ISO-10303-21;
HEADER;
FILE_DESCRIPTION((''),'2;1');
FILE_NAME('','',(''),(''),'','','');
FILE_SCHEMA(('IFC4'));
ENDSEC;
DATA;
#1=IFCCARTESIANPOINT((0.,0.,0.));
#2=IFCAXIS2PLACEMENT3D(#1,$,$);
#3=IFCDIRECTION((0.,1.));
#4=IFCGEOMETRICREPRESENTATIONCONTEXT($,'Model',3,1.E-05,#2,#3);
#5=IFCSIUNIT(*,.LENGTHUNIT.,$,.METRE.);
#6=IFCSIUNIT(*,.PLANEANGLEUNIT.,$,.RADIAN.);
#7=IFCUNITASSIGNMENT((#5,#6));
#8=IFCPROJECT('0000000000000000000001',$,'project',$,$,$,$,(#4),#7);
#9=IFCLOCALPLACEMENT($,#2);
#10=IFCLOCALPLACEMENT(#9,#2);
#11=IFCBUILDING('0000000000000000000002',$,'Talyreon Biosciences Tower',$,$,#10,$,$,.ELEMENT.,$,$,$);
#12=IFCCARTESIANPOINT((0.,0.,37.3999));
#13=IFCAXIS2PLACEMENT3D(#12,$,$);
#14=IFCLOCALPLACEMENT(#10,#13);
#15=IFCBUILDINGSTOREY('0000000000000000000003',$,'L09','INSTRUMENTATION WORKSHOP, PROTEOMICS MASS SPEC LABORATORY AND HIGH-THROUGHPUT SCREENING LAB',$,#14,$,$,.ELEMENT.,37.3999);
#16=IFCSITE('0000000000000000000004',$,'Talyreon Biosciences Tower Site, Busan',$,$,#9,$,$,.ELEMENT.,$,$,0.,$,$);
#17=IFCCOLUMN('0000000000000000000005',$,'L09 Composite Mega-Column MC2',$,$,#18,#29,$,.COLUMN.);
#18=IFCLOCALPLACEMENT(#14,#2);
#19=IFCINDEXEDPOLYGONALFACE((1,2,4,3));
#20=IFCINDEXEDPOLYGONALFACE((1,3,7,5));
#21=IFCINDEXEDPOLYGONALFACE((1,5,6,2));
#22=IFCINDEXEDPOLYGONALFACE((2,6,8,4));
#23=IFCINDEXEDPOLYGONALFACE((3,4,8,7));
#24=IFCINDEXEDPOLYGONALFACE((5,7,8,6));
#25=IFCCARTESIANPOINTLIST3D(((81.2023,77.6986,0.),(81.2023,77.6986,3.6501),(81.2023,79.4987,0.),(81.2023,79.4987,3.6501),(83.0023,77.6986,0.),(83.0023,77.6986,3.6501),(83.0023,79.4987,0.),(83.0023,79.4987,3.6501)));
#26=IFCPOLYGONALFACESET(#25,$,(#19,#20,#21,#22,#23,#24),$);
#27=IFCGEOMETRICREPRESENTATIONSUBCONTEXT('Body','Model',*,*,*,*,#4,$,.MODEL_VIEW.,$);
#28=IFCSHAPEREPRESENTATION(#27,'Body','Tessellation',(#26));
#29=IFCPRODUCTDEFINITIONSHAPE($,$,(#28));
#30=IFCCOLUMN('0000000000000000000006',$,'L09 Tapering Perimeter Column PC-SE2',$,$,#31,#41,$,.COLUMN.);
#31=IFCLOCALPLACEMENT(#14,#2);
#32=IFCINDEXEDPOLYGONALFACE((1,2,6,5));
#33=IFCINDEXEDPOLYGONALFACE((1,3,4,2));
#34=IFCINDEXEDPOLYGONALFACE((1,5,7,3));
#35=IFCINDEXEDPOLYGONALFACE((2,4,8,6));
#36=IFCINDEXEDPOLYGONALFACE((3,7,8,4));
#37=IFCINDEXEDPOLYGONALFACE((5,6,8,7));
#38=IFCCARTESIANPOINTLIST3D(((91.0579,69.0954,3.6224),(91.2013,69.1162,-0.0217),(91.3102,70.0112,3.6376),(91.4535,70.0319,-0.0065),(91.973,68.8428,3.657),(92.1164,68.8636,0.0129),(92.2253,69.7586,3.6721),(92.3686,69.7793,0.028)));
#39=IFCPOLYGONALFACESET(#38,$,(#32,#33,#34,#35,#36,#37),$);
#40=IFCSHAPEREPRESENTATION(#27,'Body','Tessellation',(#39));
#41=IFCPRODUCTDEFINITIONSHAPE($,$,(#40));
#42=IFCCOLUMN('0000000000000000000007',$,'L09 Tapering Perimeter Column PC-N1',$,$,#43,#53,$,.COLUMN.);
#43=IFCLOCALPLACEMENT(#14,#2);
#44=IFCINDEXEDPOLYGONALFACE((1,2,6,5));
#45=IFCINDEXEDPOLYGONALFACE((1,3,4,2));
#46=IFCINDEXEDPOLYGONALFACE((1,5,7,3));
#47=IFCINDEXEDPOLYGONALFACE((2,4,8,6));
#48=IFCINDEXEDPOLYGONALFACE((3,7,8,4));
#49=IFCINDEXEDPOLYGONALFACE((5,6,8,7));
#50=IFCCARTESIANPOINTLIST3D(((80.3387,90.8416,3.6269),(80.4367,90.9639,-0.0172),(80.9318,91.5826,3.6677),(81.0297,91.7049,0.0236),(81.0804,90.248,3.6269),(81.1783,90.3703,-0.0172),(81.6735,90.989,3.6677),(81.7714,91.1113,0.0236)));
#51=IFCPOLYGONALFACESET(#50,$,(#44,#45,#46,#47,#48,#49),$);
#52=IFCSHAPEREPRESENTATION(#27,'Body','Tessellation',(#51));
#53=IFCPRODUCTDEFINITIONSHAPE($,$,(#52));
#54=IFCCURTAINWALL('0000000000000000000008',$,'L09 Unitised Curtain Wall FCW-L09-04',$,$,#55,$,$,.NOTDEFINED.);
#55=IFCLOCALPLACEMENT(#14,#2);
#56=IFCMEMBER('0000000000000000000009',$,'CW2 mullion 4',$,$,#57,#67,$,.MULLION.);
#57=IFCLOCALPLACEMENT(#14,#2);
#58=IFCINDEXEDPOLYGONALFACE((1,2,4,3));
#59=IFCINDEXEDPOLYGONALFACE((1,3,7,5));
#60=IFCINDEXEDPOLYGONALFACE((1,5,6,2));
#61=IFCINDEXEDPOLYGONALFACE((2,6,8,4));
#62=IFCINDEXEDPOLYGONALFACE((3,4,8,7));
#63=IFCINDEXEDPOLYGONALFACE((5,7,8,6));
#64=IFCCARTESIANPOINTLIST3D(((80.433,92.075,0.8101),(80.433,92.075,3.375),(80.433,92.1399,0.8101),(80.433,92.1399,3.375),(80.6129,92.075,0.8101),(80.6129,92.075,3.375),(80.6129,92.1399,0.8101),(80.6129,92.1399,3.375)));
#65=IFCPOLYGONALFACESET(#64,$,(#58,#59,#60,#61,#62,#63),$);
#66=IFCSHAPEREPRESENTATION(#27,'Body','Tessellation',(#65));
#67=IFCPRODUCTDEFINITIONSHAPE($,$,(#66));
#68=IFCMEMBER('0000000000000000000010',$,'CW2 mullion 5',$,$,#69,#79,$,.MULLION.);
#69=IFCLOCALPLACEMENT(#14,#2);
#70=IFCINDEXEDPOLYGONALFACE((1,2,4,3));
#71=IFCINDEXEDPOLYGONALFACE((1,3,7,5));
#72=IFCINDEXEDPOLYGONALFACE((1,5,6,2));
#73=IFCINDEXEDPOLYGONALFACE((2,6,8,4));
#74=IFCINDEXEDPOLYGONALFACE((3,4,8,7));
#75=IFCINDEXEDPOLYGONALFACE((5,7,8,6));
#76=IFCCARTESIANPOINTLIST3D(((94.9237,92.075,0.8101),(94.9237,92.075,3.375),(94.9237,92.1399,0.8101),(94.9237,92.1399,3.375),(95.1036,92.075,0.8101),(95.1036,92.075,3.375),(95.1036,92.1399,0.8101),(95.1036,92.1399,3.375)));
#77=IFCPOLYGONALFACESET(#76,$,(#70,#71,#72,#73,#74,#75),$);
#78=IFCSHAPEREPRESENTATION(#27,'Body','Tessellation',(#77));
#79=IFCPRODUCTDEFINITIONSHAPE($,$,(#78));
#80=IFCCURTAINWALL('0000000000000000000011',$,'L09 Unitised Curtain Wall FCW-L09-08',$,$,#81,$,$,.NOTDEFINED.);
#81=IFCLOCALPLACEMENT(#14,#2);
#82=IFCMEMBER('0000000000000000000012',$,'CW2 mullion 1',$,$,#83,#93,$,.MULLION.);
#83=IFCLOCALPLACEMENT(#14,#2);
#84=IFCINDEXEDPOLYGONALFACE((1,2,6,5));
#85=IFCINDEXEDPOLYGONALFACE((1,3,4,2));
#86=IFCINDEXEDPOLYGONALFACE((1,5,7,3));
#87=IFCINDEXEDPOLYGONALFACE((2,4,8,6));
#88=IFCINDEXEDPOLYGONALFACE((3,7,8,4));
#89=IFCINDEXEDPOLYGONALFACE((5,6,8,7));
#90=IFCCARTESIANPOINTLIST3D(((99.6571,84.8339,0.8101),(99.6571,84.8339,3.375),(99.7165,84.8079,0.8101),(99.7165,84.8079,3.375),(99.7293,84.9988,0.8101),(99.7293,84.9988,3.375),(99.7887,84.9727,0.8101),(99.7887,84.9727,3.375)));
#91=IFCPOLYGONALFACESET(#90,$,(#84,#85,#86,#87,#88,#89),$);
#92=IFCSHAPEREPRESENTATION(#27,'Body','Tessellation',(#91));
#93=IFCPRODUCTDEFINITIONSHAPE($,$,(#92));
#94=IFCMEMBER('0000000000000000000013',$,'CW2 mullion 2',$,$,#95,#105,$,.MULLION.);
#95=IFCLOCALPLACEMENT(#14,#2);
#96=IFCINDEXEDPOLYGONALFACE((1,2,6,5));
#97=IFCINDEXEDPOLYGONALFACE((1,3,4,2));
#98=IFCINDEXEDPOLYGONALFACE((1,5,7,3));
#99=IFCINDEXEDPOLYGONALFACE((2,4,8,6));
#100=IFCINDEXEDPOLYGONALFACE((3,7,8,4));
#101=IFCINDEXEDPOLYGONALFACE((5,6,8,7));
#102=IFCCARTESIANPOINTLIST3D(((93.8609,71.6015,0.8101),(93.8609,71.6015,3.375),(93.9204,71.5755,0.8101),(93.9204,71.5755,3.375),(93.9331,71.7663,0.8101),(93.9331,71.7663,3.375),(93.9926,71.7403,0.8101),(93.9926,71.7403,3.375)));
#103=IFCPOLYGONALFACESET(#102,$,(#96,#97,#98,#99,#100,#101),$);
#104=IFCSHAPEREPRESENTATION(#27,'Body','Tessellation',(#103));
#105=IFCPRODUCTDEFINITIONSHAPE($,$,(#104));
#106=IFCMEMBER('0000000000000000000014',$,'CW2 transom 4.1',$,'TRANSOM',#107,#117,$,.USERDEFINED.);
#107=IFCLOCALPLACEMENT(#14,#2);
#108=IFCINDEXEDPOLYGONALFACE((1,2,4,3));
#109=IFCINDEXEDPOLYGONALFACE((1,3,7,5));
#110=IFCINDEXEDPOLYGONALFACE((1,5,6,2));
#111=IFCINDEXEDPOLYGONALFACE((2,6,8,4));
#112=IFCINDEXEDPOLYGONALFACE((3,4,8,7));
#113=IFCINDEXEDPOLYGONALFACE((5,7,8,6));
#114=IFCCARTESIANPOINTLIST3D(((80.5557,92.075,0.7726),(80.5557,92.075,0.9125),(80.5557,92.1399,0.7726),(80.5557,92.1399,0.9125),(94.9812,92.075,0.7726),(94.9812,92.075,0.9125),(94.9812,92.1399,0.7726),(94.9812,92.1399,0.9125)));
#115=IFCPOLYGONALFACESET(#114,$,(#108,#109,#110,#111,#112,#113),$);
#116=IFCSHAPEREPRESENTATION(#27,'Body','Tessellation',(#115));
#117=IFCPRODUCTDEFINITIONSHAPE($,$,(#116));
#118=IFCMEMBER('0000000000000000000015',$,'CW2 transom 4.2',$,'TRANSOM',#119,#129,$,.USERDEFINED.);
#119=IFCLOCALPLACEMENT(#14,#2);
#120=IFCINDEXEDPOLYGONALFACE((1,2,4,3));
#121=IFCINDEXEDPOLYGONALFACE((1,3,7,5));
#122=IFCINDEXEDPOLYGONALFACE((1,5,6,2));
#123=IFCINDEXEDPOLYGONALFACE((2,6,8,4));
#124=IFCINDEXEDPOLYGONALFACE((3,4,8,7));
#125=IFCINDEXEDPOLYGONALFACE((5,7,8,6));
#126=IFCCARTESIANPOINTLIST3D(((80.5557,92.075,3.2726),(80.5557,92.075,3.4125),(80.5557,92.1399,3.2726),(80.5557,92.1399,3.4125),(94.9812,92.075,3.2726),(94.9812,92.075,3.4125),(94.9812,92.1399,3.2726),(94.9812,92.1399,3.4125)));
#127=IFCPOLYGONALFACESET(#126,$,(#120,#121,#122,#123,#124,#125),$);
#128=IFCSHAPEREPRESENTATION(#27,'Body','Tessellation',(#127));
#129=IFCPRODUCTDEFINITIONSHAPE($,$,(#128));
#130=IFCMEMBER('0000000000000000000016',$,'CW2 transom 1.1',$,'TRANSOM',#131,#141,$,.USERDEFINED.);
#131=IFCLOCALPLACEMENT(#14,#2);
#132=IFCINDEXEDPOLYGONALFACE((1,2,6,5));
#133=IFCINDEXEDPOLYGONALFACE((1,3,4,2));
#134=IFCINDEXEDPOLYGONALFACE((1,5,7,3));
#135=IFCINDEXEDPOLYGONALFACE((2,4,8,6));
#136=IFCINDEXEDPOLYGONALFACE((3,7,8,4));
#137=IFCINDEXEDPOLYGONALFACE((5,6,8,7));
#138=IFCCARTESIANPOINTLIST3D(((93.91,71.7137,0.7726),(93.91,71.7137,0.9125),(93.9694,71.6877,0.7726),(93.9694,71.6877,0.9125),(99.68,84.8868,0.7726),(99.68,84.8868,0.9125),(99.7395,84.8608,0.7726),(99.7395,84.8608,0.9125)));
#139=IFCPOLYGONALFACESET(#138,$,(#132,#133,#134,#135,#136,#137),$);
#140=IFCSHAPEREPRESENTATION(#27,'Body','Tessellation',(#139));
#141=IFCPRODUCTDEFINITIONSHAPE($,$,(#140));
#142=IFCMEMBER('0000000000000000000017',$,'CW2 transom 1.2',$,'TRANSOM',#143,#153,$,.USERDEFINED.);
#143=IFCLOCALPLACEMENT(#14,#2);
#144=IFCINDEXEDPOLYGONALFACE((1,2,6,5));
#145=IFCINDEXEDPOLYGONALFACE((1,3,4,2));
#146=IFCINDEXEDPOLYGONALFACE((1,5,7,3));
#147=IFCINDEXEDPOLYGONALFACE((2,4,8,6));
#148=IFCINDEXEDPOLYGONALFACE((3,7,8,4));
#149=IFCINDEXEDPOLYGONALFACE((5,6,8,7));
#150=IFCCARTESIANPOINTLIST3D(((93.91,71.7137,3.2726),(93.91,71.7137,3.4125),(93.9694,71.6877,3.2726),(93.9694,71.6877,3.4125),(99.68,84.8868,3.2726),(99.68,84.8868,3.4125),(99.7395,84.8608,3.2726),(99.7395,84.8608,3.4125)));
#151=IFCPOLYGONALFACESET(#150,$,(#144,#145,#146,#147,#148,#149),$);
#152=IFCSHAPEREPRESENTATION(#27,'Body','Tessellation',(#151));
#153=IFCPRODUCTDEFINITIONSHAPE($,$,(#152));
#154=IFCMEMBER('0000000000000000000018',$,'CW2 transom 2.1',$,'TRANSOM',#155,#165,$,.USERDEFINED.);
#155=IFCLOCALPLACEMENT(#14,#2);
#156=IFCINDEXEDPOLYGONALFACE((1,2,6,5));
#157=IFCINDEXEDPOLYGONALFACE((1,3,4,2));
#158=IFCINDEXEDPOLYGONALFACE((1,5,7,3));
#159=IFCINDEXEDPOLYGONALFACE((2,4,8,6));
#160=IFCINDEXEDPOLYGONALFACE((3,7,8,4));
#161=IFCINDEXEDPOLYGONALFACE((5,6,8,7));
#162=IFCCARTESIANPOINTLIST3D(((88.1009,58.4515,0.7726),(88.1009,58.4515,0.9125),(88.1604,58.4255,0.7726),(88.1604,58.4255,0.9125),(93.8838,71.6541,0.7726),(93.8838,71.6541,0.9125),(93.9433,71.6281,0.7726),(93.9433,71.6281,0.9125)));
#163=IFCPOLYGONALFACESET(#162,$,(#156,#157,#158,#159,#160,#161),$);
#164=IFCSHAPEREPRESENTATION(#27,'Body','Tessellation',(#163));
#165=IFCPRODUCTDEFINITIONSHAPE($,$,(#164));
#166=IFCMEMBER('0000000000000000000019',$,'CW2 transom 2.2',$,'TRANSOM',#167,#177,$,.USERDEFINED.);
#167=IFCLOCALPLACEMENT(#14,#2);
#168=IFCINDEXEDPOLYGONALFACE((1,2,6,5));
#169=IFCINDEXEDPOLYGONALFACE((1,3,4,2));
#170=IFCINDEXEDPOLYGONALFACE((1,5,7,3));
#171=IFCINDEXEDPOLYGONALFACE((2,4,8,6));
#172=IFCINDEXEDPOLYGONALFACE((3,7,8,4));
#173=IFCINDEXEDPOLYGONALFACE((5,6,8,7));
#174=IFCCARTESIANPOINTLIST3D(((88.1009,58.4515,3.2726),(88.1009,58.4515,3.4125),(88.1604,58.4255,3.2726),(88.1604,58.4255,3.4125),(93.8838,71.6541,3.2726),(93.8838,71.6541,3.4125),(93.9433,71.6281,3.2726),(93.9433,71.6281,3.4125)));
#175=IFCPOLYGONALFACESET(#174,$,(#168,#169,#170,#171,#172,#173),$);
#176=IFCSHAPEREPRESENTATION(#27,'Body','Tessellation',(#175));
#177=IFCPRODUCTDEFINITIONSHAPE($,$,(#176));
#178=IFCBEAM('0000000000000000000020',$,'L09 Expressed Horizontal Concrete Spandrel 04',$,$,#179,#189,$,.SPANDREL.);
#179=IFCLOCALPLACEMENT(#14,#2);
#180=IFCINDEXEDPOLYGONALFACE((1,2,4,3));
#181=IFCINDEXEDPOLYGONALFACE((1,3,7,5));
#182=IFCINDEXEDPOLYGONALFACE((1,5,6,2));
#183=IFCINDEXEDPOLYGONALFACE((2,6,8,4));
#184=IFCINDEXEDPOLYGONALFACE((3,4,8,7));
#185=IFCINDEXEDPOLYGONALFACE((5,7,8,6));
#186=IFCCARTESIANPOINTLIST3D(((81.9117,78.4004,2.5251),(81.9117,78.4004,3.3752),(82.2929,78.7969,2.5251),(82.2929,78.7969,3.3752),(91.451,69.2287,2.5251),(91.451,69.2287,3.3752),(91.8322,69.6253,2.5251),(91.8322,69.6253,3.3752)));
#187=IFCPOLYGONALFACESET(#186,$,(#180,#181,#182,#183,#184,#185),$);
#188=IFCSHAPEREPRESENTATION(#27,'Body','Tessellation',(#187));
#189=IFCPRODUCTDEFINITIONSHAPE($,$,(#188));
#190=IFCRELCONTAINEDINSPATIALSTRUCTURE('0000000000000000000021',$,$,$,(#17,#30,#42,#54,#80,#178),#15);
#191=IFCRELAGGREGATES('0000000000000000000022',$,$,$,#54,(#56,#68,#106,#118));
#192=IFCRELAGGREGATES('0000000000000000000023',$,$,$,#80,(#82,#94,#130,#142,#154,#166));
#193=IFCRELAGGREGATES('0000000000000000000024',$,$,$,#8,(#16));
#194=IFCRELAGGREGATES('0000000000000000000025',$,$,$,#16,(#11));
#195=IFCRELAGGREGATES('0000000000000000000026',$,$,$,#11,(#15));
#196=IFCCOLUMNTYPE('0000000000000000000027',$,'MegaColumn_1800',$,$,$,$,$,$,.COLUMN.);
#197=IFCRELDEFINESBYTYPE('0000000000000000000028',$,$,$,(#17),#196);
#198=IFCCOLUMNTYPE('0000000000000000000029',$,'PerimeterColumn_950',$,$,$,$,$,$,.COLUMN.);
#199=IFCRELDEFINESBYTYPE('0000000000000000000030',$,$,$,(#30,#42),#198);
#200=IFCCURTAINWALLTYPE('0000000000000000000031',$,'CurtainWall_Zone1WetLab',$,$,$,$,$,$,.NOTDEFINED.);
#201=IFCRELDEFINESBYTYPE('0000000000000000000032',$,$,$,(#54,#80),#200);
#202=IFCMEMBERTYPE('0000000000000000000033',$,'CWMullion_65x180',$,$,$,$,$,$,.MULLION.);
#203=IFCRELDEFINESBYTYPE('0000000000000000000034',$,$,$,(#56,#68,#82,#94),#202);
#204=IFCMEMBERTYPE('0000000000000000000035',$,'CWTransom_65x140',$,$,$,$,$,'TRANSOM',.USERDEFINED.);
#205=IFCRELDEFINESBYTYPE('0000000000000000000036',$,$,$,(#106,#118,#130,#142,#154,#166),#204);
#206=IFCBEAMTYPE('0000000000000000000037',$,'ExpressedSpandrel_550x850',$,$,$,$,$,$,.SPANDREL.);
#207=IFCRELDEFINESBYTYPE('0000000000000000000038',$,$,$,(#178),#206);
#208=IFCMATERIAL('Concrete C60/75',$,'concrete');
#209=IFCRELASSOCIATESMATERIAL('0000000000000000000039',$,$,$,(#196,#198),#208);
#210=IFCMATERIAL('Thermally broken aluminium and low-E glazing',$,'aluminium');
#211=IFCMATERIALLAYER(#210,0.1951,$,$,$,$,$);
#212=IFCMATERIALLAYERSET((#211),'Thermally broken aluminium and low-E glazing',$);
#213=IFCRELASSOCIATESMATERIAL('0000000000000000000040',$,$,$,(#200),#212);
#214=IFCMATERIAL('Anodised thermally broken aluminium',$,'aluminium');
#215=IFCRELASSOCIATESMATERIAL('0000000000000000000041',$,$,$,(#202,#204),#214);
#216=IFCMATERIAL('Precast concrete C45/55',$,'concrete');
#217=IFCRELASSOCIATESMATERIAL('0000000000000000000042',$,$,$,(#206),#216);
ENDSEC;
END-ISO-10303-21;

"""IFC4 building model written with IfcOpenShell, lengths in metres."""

from ifc_helpers import new_model, si_unit, direction, frame, origin, origin_2d, place, context, subcontext, project, spatial, rectangle, extrude, material, layer, layer_set, material_profile, profile_set, type_object, element, aggregate, save


model = new_model("IFC4")

# Units and contexts
model_context = context("Model", 3, precision=1e-05, world=origin(), true_north=direction((0.0, 1.0)))
body_context = subcontext(model_context, "Body", "Model", "MODEL_VIEW")
ifc_project = project(units=[si_unit("LENGTHUNIT", "METRE"), si_unit("PLANEANGLEUNIT", "RADIAN")], contexts=[model_context])

# Site, building, storey
site_placement = place(None, origin())
site = spatial("IfcSite", under=ifc_project, at=site_placement, Name="Talyreon Biosciences Tower Site, Busan", CompositionType="ELEMENT", RefElevation=0.0)
building_placement = place(site_placement, origin())
building = spatial("IfcBuilding", under=site, at=building_placement, Name="Talyreon Biosciences Tower", CompositionType="ELEMENT")
storey_placement = place(building_placement, frame((0.0, 0.0, 37.3999)))
storey = spatial("IfcBuildingStorey", under=building, at=storey_placement, Name="L09", Description="INSTRUMENTATION WORKSHOP, PROTEOMICS MASS SPEC LABORATORY AND HIGH-THROUGHPUT SCREENING LAB", CompositionType="ELEMENT", Elevation=37.3999)

# Columns
ifc_material_1 = material(Name="Concrete C60/75", Category="concrete")
ifc_material_profile_1 = material_profile(ifc_material_1, rectangle(XDim=1.8, YDim=1.8, at=origin_2d()), Name="RC 1800x1800")
ifc_profile_set_1 = profile_set([ifc_material_profile_1], Name="Concrete C60/75")
column_type_1 = type_object("IfcColumnType", Name="MegaColumn_1800", PredefinedType="COLUMN", material=ifc_profile_set_1)
column_1_placement = place(storey_placement, frame((82.1023, 78.5986, 0.0), z_axis=(0.0, 0.0, 1.0), x_axis=(1.0, 0.0, 0.0)))
element("IfcColumn", 1, at=column_1_placement, inside=storey, type_object=column_type_1, Name="L09 Composite Mega-Column MC2", PredefinedType="COLUMN", context=body_context, shape_type="SweptSolid", body=[
    extrude(rectangle(XDim=1.8, YDim=1.8, at=origin_2d()), origin(), (0.0, 0.0, 1.0), 3.6501),
])
ifc_material_profile_2 = material_profile(ifc_material_1, rectangle(XDim=0.95, YDim=0.95, at=origin_2d()), Name="RC 950x950")
ifc_profile_set_2 = profile_set([ifc_material_profile_2], Name="Concrete C60/75")
column_type_2 = type_object("IfcColumnType", Name="PerimeterColumn_950", PredefinedType="COLUMN", material=ifc_profile_set_2)
column_2_placement = place(storey_placement, frame((91.7849, 69.4478, 0.0032), z_axis=(-0.039296, -0.00569, 0.999211), x_axis=(0.963308, -0.265922, 0.03637)))
element("IfcColumn", 2, at=column_2_placement, inside=storey, type_object=column_type_2, Name="L09 Tapering Perimeter Column PC-SE2", PredefinedType="COLUMN", context=body_context, shape_type="SweptSolid", body=[
    extrude(rectangle(XDim=0.95, YDim=0.95, at=origin_2d()), origin(), (0.0, 0.0, 1.0), 3.647),
])
column_3_placement = place(storey_placement, frame((81.104, 91.0376, 0.0032), z_axis=(-0.026841, -0.033535, 0.999077), x_axis=(-0.780717, 0.624885, 0.0)))
element("IfcColumn", 3, at=column_3_placement, inside=storey, type_object=column_type_2, Name="L09 Tapering Perimeter Column PC-N1", PredefinedType="COLUMN", context=body_context, shape_type="SweptSolid", body=[
    extrude(rectangle(XDim=0.95, YDim=0.95, at=origin_2d()), origin(), (0.0, 0.0, 1.0), 3.6475),
])

# Curtain walls, members
ifc_material_2 = material(Name="Thermally broken aluminium and low-E glazing", Category="aluminium")
ifc_layer_1 = layer(ifc_material_2, 0.1951)
ifc_layer_set_1 = layer_set([ifc_layer_1], Name="Thermally broken aluminium and low-E glazing")
curtain_wall_type = type_object("IfcCurtainWallType", Name="CurtainWall_Zone1WetLab", PredefinedType="NOTDEFINED", material=ifc_layer_set_1)
curtain_wall_1_placement = place(storey_placement, origin())
curtain_wall_1 = element("IfcCurtainWall", 4, at=curtain_wall_1_placement, inside=storey, type_object=curtain_wall_type, Name="L09 Unitised Curtain Wall FCW-L09-04", PredefinedType="NOTDEFINED")
ifc_material_3 = material(Name="Anodised thermally broken aluminium", Category="aluminium")
ifc_material_profile_3 = material_profile(ifc_material_3, rectangle(XDim=0.0649, YDim=0.1799, at=origin_2d()), Name="ALUM MULLION 65x180")
ifc_profile_set_3 = profile_set([ifc_material_profile_3], Name="Anodised thermally broken aluminium")
member_type_1 = type_object("IfcMemberType", Name="CWMullion_65x180", PredefinedType="MULLION", material=ifc_profile_set_3)
member_1_placement = place(storey_placement, frame((80.5229, 92.1074, 0.8101), z_axis=(0.0, 0.0, 1.0), x_axis=(0.0, 1.0, 0.0)))
member_1 = element("IfcMember", 5, at=member_1_placement, type_object=member_type_1, Name="CW2 mullion 4", PredefinedType="MULLION", context=body_context, shape_type="SweptSolid", body=[
    extrude(rectangle(XDim=0.0649, YDim=0.1799, at=origin_2d()), origin(), (0.0, 0.0, 1.0), 2.5649),
])
member_2_placement = place(storey_placement, frame((95.0137, 92.1074, 0.8101), z_axis=(0.0, 0.0, 1.0), x_axis=(0.0, 1.0, 0.0)))
member_2 = element("IfcMember", 6, at=member_2_placement, type_object=member_type_1, Name="CW2 mullion 5", PredefinedType="MULLION", context=body_context, shape_type="SweptSolid", body=[
    extrude(rectangle(XDim=0.0649, YDim=0.1799, at=origin_2d()), origin(), (0.0, 0.0, 1.0), 2.5649),
])
curtain_wall_2_placement = place(storey_placement, origin())
curtain_wall_2 = element("IfcCurtainWall", 7, at=curtain_wall_2_placement, inside=storey, type_object=curtain_wall_type, Name="L09 Unitised Curtain Wall FCW-L09-08", PredefinedType="NOTDEFINED")
member_3_placement = place(storey_placement, frame((99.7229, 84.9033, 0.8101), z_axis=(0.0, 0.0, 1.0), x_axis=(0.91598, -0.401223, 0.0)))
member_3 = element("IfcMember", 8, at=member_3_placement, type_object=member_type_1, Name="CW2 mullion 1", PredefinedType="MULLION", context=body_context, shape_type="SweptSolid", body=[
    extrude(rectangle(XDim=0.0649, YDim=0.1799, at=origin_2d()), origin(), (0.0, 0.0, 1.0), 2.5649),
])
member_4_placement = place(storey_placement, frame((93.9268, 71.6709, 0.8101), z_axis=(0.0, 0.0, 1.0), x_axis=(0.91598, -0.401223, 0.0)))
member_4 = element("IfcMember", 9, at=member_4_placement, type_object=member_type_1, Name="CW2 mullion 2", PredefinedType="MULLION", context=body_context, shape_type="SweptSolid", body=[
    extrude(rectangle(XDim=0.0649, YDim=0.1799, at=origin_2d()), origin(), (0.0, 0.0, 1.0), 2.5649),
])

# Members
ifc_material_profile_4 = material_profile(ifc_material_3, rectangle(XDim=0.0649, YDim=0.1399, at=origin_2d()), Name="ALUM TRANSOM 65x140")
ifc_profile_set_4 = profile_set([ifc_material_profile_4], Name="Anodised thermally broken aluminium")
member_type_2 = type_object("IfcMemberType", Name="CWTransom_65x140", ElementType="TRANSOM", PredefinedType="USERDEFINED", material=ifc_profile_set_4)
member_5_placement = place(storey_placement, frame((80.5557, 92.1074, 0.8425), z_axis=(1.0, 0.0, 0.0), x_axis=(0.0, 1.0, 0.0)))
member_5 = element("IfcMember", 10, at=member_5_placement, type_object=member_type_2, Name="CW2 transom 4.1", ObjectType="TRANSOM", PredefinedType="USERDEFINED", context=body_context, shape_type="SweptSolid", body=[
    extrude(rectangle(XDim=0.0649, YDim=0.1399, at=origin_2d()), origin(), (0.0, 0.0, 1.0), 14.4255),
])
member_6_placement = place(storey_placement, frame((80.5557, 92.1074, 3.3425), z_axis=(1.0, 0.0, 0.0), x_axis=(0.0, 1.0, 0.0)))
member_6 = element("IfcMember", 11, at=member_6_placement, type_object=member_type_2, Name="CW2 transom 4.2", ObjectType="TRANSOM", PredefinedType="USERDEFINED", context=body_context, shape_type="SweptSolid", body=[
    extrude(rectangle(XDim=0.0649, YDim=0.1399, at=origin_2d()), origin(), (0.0, 0.0, 1.0), 14.4255),
])
member_7_placement = place(storey_placement, frame((99.7097, 84.8738, 0.8425), z_axis=(-0.401215, -0.915984, 0.0), x_axis=(0.915984, -0.401215, 0.0)))
member_7 = element("IfcMember", 12, at=member_7_placement, type_object=member_type_2, Name="CW2 transom 1.1", ObjectType="TRANSOM", PredefinedType="USERDEFINED", context=body_context, shape_type="SweptSolid", body=[
    extrude(rectangle(XDim=0.0649, YDim=0.1399, at=origin_2d()), origin(), (0.0, 0.0, 1.0), 14.3813),
])
member_8_placement = place(storey_placement, frame((99.7097, 84.8738, 3.3425), z_axis=(-0.401215, -0.915984, 0.0), x_axis=(0.915984, -0.401215, 0.0)))
member_8 = element("IfcMember", 13, at=member_8_placement, type_object=member_type_2, Name="CW2 transom 1.2", ObjectType="TRANSOM", PredefinedType="USERDEFINED", context=body_context, shape_type="SweptSolid", body=[
    extrude(rectangle(XDim=0.0649, YDim=0.1399, at=origin_2d()), origin(), (0.0, 0.0, 1.0), 14.3813),
])
member_9_placement = place(storey_placement, frame((93.9136, 71.6411, 0.8425), z_axis=(-0.401215, -0.915984, 0.0), x_axis=(0.915984, -0.401215, 0.0)))
member_9 = element("IfcMember", 14, at=member_9_placement, type_object=member_type_2, Name="CW2 transom 2.1", ObjectType="TRANSOM", PredefinedType="USERDEFINED", context=body_context, shape_type="SweptSolid", body=[
    extrude(rectangle(XDim=0.0649, YDim=0.1399, at=origin_2d()), origin(), (0.0, 0.0, 1.0), 14.4136),
])
member_10_placement = place(storey_placement, frame((93.9136, 71.6411, 3.3425), z_axis=(-0.401215, -0.915984, 0.0), x_axis=(0.915984, -0.401215, 0.0)))
member_10 = element("IfcMember", 15, at=member_10_placement, type_object=member_type_2, Name="CW2 transom 2.2", ObjectType="TRANSOM", PredefinedType="USERDEFINED", context=body_context, shape_type="SweptSolid", body=[
    extrude(rectangle(XDim=0.0649, YDim=0.1399, at=origin_2d()), origin(), (0.0, 0.0, 1.0), 14.4136),
])

# Beam
ifc_material_4 = material(Name="Precast concrete C45/55", Category="concrete")
ifc_material_profile_5 = material_profile(ifc_material_4, rectangle(XDim=0.55, YDim=0.8501, at=origin_2d()), Name="RCB 550x850")
ifc_profile_set_5 = profile_set([ifc_material_profile_5], Name="Precast concrete C45/55")
beam_type_1 = type_object("IfcBeamType", Name="ExpressedSpandrel_550x850", PredefinedType="SPANDREL", material=ifc_profile_set_5)
beam_1_placement = place(storey_placement, frame((91.6416, 69.427, 2.9502), z_axis=(-0.720862, 0.693078, 0.0), x_axis=(-0.693078, -0.720862, 0.0)))
element("IfcBeam", 16, at=beam_1_placement, inside=storey, type_object=beam_type_1, Name="L09 Expressed Horizontal Concrete Spandrel 04", PredefinedType="SPANDREL", context=body_context, shape_type="SweptSolid", body=[
    extrude(rectangle(XDim=0.55, YDim=0.8501, at=origin_2d()), origin(), (0.0, 0.0, 1.0), 13.2332),
])

aggregate(curtain_wall_1, [member_1, member_2, member_5, member_6])
aggregate(curtain_wall_2, [member_3, member_4, member_7, member_8, member_9, member_10])

save(model, "model.ifc")
